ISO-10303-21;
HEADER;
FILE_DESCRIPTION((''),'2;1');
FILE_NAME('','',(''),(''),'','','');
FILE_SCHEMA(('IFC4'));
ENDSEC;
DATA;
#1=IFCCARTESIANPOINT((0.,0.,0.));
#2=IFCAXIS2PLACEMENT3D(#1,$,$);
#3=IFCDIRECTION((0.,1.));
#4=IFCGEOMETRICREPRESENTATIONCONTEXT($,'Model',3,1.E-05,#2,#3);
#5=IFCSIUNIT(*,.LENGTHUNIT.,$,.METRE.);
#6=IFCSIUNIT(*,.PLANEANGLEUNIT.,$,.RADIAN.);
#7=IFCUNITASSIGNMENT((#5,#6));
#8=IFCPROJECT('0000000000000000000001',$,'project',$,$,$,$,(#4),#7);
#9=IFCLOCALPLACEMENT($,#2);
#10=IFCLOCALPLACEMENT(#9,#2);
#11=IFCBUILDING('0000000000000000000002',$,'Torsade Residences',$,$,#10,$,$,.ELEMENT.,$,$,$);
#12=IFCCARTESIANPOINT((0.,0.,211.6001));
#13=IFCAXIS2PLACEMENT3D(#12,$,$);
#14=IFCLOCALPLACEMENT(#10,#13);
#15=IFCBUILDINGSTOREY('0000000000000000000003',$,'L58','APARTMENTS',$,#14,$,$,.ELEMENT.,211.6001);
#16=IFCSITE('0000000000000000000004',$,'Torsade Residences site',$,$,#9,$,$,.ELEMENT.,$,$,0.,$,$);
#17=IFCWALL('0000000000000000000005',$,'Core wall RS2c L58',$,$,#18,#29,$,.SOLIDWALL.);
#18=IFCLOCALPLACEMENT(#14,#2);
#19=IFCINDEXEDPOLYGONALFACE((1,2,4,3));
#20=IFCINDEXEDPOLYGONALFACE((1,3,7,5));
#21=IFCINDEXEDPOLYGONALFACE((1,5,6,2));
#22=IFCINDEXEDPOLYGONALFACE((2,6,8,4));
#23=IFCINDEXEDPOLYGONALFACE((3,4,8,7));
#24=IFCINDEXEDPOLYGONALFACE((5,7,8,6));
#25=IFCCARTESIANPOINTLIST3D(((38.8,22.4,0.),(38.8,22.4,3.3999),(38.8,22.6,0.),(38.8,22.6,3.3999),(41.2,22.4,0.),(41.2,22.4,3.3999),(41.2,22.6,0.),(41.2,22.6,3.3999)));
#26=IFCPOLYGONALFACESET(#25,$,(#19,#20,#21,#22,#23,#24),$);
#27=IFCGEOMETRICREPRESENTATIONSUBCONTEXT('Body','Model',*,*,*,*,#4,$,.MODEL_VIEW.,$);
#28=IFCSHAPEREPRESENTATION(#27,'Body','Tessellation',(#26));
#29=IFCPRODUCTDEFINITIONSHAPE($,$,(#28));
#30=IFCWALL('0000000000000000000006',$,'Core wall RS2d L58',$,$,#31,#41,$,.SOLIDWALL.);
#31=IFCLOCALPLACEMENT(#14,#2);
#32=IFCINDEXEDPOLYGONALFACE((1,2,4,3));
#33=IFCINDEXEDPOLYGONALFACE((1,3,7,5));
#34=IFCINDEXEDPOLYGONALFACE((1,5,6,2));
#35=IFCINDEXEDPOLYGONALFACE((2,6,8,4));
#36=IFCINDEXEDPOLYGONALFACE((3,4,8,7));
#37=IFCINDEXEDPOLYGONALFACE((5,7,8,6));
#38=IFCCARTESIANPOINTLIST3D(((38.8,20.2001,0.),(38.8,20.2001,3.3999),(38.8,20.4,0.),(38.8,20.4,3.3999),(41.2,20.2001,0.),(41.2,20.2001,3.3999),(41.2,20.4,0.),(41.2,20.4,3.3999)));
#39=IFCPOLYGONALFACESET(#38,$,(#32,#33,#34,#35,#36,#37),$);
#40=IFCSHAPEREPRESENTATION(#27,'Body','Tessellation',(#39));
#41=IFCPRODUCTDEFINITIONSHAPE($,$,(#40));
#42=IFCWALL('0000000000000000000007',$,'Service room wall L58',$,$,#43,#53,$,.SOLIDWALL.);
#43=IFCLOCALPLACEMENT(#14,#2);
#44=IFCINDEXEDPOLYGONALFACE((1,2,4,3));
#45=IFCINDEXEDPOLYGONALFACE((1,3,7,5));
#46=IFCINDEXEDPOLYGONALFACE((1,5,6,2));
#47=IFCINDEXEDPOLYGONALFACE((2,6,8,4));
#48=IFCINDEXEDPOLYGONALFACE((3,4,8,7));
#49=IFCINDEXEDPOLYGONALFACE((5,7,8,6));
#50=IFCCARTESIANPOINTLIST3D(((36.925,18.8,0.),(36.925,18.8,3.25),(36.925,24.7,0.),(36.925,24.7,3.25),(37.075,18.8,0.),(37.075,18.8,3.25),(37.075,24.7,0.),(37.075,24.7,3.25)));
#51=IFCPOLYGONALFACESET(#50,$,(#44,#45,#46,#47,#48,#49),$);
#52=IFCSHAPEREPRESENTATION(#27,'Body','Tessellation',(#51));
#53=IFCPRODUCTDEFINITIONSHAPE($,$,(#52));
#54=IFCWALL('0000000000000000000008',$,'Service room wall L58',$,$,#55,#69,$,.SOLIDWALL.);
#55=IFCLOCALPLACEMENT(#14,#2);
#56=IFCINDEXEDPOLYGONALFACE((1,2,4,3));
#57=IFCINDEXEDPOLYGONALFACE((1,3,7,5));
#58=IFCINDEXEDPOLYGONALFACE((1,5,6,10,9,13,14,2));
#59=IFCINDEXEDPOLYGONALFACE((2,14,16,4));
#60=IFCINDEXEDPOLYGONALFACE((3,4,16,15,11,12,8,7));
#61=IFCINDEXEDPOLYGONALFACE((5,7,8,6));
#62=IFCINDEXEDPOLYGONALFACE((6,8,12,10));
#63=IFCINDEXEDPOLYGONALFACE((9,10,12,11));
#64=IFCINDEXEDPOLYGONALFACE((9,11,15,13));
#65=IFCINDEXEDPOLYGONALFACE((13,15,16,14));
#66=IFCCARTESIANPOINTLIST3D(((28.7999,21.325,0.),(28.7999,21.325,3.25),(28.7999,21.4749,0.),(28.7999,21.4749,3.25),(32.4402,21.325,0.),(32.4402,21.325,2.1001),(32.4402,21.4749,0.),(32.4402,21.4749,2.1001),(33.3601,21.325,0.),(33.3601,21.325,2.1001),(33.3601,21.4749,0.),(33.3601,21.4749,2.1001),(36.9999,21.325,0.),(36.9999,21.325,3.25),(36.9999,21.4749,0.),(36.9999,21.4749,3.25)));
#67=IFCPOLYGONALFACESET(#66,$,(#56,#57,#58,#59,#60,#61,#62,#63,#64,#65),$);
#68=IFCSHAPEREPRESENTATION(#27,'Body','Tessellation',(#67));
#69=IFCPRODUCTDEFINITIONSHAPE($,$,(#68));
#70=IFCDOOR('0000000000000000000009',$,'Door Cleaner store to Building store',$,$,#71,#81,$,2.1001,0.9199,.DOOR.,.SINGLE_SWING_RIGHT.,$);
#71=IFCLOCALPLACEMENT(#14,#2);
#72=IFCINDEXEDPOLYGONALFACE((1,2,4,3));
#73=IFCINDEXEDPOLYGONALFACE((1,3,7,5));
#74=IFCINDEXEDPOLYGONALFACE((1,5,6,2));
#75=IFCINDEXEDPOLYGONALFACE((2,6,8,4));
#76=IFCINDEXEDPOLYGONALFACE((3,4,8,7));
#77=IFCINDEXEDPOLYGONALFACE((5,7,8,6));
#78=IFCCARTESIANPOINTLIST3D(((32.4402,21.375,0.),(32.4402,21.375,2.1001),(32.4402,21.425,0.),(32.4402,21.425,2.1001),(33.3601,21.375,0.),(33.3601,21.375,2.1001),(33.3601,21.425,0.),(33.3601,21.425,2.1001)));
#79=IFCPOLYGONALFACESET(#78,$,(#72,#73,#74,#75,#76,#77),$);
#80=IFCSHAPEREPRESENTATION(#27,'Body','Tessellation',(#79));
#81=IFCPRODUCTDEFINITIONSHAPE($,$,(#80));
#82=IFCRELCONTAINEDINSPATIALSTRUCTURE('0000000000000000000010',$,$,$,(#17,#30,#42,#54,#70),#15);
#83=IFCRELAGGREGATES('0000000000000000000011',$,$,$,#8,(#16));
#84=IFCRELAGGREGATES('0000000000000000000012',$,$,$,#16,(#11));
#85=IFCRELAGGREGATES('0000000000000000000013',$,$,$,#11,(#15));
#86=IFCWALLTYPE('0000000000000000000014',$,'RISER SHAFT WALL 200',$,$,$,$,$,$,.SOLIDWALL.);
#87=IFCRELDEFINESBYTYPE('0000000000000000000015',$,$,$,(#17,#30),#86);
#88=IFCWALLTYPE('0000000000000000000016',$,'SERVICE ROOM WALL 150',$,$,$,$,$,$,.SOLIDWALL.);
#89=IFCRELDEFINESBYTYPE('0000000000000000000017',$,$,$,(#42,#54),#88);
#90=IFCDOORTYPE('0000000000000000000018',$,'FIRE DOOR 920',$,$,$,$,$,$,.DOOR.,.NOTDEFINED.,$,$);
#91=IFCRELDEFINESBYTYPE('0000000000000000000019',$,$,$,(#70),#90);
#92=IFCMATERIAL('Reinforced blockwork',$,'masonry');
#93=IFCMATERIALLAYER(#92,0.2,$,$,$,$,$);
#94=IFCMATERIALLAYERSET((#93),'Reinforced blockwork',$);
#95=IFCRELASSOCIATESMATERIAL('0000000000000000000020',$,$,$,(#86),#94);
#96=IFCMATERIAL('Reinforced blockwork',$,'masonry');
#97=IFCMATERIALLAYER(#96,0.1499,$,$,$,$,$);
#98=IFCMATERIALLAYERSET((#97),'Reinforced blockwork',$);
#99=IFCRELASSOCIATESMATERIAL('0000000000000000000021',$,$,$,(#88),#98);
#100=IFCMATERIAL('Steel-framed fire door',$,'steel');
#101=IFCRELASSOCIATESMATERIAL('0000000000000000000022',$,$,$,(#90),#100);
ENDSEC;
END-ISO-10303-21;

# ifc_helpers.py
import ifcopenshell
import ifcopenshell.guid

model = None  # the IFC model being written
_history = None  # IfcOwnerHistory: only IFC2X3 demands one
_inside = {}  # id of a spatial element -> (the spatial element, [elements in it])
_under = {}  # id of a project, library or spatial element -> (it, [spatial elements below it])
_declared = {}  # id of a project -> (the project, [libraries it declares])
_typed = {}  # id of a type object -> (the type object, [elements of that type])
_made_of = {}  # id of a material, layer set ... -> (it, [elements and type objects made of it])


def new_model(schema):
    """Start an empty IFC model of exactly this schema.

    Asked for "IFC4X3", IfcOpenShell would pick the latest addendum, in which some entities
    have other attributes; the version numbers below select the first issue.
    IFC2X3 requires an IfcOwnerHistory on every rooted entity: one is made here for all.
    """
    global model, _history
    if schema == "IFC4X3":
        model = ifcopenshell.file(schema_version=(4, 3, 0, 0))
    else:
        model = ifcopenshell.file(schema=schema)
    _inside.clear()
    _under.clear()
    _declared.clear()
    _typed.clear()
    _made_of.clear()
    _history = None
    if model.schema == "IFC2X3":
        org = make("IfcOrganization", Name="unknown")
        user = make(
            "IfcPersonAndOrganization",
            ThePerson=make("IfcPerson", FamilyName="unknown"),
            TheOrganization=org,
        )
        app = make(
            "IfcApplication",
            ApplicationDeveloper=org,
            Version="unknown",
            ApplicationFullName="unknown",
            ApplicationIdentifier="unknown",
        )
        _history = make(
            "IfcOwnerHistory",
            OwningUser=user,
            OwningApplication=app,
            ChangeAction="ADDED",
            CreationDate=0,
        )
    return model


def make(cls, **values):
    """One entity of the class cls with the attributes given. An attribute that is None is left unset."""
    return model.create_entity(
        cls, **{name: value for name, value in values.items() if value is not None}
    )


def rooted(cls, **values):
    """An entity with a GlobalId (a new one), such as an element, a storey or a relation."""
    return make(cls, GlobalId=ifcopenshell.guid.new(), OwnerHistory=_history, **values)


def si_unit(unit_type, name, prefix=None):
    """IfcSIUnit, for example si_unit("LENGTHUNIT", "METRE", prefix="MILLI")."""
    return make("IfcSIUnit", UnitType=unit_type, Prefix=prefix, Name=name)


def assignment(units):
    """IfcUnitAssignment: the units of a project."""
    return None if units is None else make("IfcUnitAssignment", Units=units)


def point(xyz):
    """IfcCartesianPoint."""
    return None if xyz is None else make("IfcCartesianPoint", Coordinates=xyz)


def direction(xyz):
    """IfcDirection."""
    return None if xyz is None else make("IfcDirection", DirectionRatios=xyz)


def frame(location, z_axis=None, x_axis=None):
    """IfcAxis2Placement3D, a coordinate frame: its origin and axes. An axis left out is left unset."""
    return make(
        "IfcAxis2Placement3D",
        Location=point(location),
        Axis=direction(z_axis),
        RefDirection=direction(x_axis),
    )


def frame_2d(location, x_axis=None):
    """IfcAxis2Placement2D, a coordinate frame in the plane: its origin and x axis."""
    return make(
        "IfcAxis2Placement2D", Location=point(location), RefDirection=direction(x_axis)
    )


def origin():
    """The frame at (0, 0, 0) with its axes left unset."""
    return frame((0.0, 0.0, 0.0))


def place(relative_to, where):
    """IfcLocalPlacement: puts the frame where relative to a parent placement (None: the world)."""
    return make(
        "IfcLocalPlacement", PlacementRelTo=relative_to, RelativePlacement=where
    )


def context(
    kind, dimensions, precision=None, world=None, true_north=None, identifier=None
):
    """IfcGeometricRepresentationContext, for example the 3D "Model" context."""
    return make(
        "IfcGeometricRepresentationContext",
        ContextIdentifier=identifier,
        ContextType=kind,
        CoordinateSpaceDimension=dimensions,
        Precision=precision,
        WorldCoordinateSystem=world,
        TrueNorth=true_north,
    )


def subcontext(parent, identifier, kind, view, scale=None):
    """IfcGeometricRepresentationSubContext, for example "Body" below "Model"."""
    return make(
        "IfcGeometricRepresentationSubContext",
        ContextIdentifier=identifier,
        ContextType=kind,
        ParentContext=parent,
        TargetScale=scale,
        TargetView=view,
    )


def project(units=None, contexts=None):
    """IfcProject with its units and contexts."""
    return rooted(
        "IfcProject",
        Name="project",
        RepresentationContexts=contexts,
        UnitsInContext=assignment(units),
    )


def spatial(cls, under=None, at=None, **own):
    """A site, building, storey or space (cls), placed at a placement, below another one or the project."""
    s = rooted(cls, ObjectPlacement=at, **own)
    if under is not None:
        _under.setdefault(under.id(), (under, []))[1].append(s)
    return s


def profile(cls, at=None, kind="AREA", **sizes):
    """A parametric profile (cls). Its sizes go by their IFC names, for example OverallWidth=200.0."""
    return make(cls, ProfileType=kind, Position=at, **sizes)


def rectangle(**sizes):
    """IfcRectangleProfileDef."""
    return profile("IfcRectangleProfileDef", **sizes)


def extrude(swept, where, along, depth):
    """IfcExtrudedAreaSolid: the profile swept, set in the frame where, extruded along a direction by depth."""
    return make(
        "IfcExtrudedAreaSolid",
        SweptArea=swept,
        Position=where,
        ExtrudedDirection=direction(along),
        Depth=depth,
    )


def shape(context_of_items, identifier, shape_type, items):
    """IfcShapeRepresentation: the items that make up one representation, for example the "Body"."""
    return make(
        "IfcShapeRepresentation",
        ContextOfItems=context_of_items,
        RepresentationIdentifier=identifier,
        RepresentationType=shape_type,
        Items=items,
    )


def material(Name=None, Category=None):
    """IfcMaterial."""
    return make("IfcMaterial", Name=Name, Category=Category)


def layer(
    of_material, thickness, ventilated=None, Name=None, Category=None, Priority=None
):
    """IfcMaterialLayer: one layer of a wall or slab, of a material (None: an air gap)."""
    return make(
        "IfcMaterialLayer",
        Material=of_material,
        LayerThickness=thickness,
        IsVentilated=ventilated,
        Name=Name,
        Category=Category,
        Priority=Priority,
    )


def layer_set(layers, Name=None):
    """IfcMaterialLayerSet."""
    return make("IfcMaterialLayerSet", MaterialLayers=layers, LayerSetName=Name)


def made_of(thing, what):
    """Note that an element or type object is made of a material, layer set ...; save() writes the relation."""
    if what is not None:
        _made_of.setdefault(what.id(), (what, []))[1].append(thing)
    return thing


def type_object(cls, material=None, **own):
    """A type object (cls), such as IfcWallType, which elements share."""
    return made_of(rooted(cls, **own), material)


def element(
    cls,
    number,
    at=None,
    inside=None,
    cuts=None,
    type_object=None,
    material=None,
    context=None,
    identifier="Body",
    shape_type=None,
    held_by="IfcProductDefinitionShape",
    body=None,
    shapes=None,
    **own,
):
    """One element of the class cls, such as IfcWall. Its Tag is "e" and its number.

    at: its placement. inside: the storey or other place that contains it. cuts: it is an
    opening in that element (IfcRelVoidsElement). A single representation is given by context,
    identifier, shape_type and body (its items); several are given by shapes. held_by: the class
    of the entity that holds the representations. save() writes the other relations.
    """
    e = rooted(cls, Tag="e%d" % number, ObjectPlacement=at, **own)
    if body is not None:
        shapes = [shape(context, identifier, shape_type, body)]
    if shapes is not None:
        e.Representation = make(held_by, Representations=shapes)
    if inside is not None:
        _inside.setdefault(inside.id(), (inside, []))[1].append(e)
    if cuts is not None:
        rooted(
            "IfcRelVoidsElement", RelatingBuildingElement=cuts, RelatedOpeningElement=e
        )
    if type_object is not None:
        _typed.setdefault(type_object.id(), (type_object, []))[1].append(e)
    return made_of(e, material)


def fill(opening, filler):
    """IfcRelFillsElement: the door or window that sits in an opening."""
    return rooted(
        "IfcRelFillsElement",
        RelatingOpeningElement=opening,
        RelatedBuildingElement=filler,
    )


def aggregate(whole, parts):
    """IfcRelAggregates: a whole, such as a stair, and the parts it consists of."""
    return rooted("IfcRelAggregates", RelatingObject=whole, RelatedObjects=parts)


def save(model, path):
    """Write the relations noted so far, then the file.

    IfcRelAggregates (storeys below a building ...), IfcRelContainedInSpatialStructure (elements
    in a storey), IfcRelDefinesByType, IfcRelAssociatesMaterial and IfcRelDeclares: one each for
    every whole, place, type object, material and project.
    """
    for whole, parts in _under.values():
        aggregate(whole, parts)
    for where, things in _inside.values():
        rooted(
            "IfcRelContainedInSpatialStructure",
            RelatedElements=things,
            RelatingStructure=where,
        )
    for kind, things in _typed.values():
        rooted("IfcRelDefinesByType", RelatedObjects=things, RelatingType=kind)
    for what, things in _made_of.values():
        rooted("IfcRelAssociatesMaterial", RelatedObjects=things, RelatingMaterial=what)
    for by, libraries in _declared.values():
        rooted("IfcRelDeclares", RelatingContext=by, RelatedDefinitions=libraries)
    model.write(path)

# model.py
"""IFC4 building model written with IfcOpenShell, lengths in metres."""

from ifc_helpers import new_model, si_unit, direction, frame, frame_2d, origin, place, context, subcontext, project, spatial, rectangle, extrude, material, layer, layer_set, type_object, element, fill, save


model = new_model("IFC4")

# Units and contexts
model_context = context("Model", 3, precision=1e-05, world=origin(), true_north=direction((0.0, 1.0)))
body_context = subcontext(model_context, "Body", "Model", "MODEL_VIEW")
ifc_project = project(units=[si_unit("LENGTHUNIT", "METRE"), si_unit("PLANEANGLEUNIT", "RADIAN")], contexts=[model_context])

# Site, building, storey
site_placement = place(None, origin())
site = spatial("IfcSite", under=ifc_project, at=site_placement, Name="Torsade Residences site", CompositionType="ELEMENT", RefElevation=0.0)
building_placement = place(site_placement, origin())
building = spatial("IfcBuilding", under=site, at=building_placement, Name="Torsade Residences", CompositionType="ELEMENT")
storey_placement = place(building_placement, frame((0.0, 0.0, 211.6001)))
storey = spatial("IfcBuildingStorey", under=building, at=storey_placement, Name="L58", Description="APARTMENTS", CompositionType="ELEMENT", Elevation=211.6001)

# Walls
ifc_material_1 = material(Name="Reinforced blockwork", Category="masonry")
ifc_layer_1 = layer(ifc_material_1, 0.2)
ifc_layer_set_1 = layer_set([ifc_layer_1], Name="Reinforced blockwork")
wall_type_1 = type_object("IfcWallType", Name="RISER SHAFT WALL 200", PredefinedType="SOLIDWALL", material=ifc_layer_set_1)
for number, where, z_axis, x_axis, name in (
    (1, (38.8, 22.5, 0.0), (0.0, 0.0, 1.0), (1.0, 0.0, 0.0), "Core wall RS2c L58"),
    (2, (38.8, 20.3, 0.0), (0.0, 0.0, 1.0), (1.0, 0.0, 0.0), "Core wall RS2d L58"),
):
    element("IfcWall", number, at=place(storey_placement, frame(where, z_axis=z_axis, x_axis=x_axis)), inside=storey, type_object=wall_type_1, Name=name, PredefinedType="SOLIDWALL", context=body_context, shape_type="SweptSolid", body=[
        extrude(rectangle(XDim=2.3999, YDim=0.2, at=frame_2d((1.2, 0.0))), origin(), (0.0, 0.0, 1.0), 3.3999),
    ])
ifc_material_2 = material(Name="Reinforced blockwork", Category="masonry")
ifc_layer_2 = layer(ifc_material_2, 0.1499)
ifc_layer_set_2 = layer_set([ifc_layer_2], Name="Reinforced blockwork")
wall_type_2 = type_object("IfcWallType", Name="SERVICE ROOM WALL 150", PredefinedType="SOLIDWALL", material=ifc_layer_set_2)
wall_1_placement = place(storey_placement, frame((37.0, 18.8, 0.0), z_axis=(0.0, 0.0, 1.0), x_axis=(0.0, 1.0, 0.0)))
element("IfcWall", 3, at=wall_1_placement, inside=storey, type_object=wall_type_2, Name="Service room wall L58", PredefinedType="SOLIDWALL", context=body_context, shape_type="SweptSolid", body=[
    extrude(rectangle(XDim=5.8999, YDim=0.1499, at=frame_2d((2.95, 0.0))), origin(), (0.0, 0.0, 1.0), 3.25),
])

# Wall, opening, door
wall_2_placement = place(storey_placement, frame((37.0, 21.3999, 0.0), z_axis=(0.0, 0.0, 1.0), x_axis=(-1.0, 0.0, 0.0)))
wall_2 = element("IfcWall", 4, at=wall_2_placement, inside=storey, type_object=wall_type_2, Name="Service room wall L58", PredefinedType="SOLIDWALL", context=body_context, shape_type="SweptSolid", body=[
    extrude(rectangle(XDim=8.2, YDim=0.1499, at=frame_2d((4.1001, 0.0))), origin(), (0.0, 0.0, 1.0), 3.25),
])
opening_1_placement = place(wall_2_placement, frame((3.6399, 0.0, 0.0)))
opening_1 = element("IfcOpeningElement", 5, at=opening_1_placement, cuts=wall_2, PredefinedType="OPENING", context=body_context, shape_type="SweptSolid", body=[
    extrude(rectangle(XDim=0.9199, YDim=2.1001, at=frame_2d((0.46, 1.05))), frame((0.0, 0.085, 0.0), z_axis=(0.0, -1.0, 0.0), x_axis=(1.0, 0.0, 0.0)), (0.0, 0.0, 1.0), 0.1699),
])
ifc_material_3 = material(Name="Steel-framed fire door", Category="steel")
door_type_1 = type_object("IfcDoorType", Name="FIRE DOOR 920", OperationType="NOTDEFINED", PredefinedType="DOOR", material=ifc_material_3)
door_1_placement = place(opening_1_placement, origin())
door_1 = element("IfcDoor", 6, at=door_1_placement, inside=storey, type_object=door_type_1, Name="Door Cleaner store to Building store", OperationType="SINGLE_SWING_RIGHT", OverallHeight=2.1001, OverallWidth=0.9199, PredefinedType="DOOR", context=body_context, shape_type="SweptSolid", body=[
    extrude(rectangle(XDim=0.9199, YDim=2.1001, at=frame_2d((0.46, 1.05))), frame((0.0, 0.0249, 0.0), z_axis=(0.0, -1.0, 0.0), x_axis=(1.0, 0.0, 0.0)), (0.0, 0.0, 1.0), 0.05),
])
fill(opening_1, door_1)

save(model, "model.ifc")
